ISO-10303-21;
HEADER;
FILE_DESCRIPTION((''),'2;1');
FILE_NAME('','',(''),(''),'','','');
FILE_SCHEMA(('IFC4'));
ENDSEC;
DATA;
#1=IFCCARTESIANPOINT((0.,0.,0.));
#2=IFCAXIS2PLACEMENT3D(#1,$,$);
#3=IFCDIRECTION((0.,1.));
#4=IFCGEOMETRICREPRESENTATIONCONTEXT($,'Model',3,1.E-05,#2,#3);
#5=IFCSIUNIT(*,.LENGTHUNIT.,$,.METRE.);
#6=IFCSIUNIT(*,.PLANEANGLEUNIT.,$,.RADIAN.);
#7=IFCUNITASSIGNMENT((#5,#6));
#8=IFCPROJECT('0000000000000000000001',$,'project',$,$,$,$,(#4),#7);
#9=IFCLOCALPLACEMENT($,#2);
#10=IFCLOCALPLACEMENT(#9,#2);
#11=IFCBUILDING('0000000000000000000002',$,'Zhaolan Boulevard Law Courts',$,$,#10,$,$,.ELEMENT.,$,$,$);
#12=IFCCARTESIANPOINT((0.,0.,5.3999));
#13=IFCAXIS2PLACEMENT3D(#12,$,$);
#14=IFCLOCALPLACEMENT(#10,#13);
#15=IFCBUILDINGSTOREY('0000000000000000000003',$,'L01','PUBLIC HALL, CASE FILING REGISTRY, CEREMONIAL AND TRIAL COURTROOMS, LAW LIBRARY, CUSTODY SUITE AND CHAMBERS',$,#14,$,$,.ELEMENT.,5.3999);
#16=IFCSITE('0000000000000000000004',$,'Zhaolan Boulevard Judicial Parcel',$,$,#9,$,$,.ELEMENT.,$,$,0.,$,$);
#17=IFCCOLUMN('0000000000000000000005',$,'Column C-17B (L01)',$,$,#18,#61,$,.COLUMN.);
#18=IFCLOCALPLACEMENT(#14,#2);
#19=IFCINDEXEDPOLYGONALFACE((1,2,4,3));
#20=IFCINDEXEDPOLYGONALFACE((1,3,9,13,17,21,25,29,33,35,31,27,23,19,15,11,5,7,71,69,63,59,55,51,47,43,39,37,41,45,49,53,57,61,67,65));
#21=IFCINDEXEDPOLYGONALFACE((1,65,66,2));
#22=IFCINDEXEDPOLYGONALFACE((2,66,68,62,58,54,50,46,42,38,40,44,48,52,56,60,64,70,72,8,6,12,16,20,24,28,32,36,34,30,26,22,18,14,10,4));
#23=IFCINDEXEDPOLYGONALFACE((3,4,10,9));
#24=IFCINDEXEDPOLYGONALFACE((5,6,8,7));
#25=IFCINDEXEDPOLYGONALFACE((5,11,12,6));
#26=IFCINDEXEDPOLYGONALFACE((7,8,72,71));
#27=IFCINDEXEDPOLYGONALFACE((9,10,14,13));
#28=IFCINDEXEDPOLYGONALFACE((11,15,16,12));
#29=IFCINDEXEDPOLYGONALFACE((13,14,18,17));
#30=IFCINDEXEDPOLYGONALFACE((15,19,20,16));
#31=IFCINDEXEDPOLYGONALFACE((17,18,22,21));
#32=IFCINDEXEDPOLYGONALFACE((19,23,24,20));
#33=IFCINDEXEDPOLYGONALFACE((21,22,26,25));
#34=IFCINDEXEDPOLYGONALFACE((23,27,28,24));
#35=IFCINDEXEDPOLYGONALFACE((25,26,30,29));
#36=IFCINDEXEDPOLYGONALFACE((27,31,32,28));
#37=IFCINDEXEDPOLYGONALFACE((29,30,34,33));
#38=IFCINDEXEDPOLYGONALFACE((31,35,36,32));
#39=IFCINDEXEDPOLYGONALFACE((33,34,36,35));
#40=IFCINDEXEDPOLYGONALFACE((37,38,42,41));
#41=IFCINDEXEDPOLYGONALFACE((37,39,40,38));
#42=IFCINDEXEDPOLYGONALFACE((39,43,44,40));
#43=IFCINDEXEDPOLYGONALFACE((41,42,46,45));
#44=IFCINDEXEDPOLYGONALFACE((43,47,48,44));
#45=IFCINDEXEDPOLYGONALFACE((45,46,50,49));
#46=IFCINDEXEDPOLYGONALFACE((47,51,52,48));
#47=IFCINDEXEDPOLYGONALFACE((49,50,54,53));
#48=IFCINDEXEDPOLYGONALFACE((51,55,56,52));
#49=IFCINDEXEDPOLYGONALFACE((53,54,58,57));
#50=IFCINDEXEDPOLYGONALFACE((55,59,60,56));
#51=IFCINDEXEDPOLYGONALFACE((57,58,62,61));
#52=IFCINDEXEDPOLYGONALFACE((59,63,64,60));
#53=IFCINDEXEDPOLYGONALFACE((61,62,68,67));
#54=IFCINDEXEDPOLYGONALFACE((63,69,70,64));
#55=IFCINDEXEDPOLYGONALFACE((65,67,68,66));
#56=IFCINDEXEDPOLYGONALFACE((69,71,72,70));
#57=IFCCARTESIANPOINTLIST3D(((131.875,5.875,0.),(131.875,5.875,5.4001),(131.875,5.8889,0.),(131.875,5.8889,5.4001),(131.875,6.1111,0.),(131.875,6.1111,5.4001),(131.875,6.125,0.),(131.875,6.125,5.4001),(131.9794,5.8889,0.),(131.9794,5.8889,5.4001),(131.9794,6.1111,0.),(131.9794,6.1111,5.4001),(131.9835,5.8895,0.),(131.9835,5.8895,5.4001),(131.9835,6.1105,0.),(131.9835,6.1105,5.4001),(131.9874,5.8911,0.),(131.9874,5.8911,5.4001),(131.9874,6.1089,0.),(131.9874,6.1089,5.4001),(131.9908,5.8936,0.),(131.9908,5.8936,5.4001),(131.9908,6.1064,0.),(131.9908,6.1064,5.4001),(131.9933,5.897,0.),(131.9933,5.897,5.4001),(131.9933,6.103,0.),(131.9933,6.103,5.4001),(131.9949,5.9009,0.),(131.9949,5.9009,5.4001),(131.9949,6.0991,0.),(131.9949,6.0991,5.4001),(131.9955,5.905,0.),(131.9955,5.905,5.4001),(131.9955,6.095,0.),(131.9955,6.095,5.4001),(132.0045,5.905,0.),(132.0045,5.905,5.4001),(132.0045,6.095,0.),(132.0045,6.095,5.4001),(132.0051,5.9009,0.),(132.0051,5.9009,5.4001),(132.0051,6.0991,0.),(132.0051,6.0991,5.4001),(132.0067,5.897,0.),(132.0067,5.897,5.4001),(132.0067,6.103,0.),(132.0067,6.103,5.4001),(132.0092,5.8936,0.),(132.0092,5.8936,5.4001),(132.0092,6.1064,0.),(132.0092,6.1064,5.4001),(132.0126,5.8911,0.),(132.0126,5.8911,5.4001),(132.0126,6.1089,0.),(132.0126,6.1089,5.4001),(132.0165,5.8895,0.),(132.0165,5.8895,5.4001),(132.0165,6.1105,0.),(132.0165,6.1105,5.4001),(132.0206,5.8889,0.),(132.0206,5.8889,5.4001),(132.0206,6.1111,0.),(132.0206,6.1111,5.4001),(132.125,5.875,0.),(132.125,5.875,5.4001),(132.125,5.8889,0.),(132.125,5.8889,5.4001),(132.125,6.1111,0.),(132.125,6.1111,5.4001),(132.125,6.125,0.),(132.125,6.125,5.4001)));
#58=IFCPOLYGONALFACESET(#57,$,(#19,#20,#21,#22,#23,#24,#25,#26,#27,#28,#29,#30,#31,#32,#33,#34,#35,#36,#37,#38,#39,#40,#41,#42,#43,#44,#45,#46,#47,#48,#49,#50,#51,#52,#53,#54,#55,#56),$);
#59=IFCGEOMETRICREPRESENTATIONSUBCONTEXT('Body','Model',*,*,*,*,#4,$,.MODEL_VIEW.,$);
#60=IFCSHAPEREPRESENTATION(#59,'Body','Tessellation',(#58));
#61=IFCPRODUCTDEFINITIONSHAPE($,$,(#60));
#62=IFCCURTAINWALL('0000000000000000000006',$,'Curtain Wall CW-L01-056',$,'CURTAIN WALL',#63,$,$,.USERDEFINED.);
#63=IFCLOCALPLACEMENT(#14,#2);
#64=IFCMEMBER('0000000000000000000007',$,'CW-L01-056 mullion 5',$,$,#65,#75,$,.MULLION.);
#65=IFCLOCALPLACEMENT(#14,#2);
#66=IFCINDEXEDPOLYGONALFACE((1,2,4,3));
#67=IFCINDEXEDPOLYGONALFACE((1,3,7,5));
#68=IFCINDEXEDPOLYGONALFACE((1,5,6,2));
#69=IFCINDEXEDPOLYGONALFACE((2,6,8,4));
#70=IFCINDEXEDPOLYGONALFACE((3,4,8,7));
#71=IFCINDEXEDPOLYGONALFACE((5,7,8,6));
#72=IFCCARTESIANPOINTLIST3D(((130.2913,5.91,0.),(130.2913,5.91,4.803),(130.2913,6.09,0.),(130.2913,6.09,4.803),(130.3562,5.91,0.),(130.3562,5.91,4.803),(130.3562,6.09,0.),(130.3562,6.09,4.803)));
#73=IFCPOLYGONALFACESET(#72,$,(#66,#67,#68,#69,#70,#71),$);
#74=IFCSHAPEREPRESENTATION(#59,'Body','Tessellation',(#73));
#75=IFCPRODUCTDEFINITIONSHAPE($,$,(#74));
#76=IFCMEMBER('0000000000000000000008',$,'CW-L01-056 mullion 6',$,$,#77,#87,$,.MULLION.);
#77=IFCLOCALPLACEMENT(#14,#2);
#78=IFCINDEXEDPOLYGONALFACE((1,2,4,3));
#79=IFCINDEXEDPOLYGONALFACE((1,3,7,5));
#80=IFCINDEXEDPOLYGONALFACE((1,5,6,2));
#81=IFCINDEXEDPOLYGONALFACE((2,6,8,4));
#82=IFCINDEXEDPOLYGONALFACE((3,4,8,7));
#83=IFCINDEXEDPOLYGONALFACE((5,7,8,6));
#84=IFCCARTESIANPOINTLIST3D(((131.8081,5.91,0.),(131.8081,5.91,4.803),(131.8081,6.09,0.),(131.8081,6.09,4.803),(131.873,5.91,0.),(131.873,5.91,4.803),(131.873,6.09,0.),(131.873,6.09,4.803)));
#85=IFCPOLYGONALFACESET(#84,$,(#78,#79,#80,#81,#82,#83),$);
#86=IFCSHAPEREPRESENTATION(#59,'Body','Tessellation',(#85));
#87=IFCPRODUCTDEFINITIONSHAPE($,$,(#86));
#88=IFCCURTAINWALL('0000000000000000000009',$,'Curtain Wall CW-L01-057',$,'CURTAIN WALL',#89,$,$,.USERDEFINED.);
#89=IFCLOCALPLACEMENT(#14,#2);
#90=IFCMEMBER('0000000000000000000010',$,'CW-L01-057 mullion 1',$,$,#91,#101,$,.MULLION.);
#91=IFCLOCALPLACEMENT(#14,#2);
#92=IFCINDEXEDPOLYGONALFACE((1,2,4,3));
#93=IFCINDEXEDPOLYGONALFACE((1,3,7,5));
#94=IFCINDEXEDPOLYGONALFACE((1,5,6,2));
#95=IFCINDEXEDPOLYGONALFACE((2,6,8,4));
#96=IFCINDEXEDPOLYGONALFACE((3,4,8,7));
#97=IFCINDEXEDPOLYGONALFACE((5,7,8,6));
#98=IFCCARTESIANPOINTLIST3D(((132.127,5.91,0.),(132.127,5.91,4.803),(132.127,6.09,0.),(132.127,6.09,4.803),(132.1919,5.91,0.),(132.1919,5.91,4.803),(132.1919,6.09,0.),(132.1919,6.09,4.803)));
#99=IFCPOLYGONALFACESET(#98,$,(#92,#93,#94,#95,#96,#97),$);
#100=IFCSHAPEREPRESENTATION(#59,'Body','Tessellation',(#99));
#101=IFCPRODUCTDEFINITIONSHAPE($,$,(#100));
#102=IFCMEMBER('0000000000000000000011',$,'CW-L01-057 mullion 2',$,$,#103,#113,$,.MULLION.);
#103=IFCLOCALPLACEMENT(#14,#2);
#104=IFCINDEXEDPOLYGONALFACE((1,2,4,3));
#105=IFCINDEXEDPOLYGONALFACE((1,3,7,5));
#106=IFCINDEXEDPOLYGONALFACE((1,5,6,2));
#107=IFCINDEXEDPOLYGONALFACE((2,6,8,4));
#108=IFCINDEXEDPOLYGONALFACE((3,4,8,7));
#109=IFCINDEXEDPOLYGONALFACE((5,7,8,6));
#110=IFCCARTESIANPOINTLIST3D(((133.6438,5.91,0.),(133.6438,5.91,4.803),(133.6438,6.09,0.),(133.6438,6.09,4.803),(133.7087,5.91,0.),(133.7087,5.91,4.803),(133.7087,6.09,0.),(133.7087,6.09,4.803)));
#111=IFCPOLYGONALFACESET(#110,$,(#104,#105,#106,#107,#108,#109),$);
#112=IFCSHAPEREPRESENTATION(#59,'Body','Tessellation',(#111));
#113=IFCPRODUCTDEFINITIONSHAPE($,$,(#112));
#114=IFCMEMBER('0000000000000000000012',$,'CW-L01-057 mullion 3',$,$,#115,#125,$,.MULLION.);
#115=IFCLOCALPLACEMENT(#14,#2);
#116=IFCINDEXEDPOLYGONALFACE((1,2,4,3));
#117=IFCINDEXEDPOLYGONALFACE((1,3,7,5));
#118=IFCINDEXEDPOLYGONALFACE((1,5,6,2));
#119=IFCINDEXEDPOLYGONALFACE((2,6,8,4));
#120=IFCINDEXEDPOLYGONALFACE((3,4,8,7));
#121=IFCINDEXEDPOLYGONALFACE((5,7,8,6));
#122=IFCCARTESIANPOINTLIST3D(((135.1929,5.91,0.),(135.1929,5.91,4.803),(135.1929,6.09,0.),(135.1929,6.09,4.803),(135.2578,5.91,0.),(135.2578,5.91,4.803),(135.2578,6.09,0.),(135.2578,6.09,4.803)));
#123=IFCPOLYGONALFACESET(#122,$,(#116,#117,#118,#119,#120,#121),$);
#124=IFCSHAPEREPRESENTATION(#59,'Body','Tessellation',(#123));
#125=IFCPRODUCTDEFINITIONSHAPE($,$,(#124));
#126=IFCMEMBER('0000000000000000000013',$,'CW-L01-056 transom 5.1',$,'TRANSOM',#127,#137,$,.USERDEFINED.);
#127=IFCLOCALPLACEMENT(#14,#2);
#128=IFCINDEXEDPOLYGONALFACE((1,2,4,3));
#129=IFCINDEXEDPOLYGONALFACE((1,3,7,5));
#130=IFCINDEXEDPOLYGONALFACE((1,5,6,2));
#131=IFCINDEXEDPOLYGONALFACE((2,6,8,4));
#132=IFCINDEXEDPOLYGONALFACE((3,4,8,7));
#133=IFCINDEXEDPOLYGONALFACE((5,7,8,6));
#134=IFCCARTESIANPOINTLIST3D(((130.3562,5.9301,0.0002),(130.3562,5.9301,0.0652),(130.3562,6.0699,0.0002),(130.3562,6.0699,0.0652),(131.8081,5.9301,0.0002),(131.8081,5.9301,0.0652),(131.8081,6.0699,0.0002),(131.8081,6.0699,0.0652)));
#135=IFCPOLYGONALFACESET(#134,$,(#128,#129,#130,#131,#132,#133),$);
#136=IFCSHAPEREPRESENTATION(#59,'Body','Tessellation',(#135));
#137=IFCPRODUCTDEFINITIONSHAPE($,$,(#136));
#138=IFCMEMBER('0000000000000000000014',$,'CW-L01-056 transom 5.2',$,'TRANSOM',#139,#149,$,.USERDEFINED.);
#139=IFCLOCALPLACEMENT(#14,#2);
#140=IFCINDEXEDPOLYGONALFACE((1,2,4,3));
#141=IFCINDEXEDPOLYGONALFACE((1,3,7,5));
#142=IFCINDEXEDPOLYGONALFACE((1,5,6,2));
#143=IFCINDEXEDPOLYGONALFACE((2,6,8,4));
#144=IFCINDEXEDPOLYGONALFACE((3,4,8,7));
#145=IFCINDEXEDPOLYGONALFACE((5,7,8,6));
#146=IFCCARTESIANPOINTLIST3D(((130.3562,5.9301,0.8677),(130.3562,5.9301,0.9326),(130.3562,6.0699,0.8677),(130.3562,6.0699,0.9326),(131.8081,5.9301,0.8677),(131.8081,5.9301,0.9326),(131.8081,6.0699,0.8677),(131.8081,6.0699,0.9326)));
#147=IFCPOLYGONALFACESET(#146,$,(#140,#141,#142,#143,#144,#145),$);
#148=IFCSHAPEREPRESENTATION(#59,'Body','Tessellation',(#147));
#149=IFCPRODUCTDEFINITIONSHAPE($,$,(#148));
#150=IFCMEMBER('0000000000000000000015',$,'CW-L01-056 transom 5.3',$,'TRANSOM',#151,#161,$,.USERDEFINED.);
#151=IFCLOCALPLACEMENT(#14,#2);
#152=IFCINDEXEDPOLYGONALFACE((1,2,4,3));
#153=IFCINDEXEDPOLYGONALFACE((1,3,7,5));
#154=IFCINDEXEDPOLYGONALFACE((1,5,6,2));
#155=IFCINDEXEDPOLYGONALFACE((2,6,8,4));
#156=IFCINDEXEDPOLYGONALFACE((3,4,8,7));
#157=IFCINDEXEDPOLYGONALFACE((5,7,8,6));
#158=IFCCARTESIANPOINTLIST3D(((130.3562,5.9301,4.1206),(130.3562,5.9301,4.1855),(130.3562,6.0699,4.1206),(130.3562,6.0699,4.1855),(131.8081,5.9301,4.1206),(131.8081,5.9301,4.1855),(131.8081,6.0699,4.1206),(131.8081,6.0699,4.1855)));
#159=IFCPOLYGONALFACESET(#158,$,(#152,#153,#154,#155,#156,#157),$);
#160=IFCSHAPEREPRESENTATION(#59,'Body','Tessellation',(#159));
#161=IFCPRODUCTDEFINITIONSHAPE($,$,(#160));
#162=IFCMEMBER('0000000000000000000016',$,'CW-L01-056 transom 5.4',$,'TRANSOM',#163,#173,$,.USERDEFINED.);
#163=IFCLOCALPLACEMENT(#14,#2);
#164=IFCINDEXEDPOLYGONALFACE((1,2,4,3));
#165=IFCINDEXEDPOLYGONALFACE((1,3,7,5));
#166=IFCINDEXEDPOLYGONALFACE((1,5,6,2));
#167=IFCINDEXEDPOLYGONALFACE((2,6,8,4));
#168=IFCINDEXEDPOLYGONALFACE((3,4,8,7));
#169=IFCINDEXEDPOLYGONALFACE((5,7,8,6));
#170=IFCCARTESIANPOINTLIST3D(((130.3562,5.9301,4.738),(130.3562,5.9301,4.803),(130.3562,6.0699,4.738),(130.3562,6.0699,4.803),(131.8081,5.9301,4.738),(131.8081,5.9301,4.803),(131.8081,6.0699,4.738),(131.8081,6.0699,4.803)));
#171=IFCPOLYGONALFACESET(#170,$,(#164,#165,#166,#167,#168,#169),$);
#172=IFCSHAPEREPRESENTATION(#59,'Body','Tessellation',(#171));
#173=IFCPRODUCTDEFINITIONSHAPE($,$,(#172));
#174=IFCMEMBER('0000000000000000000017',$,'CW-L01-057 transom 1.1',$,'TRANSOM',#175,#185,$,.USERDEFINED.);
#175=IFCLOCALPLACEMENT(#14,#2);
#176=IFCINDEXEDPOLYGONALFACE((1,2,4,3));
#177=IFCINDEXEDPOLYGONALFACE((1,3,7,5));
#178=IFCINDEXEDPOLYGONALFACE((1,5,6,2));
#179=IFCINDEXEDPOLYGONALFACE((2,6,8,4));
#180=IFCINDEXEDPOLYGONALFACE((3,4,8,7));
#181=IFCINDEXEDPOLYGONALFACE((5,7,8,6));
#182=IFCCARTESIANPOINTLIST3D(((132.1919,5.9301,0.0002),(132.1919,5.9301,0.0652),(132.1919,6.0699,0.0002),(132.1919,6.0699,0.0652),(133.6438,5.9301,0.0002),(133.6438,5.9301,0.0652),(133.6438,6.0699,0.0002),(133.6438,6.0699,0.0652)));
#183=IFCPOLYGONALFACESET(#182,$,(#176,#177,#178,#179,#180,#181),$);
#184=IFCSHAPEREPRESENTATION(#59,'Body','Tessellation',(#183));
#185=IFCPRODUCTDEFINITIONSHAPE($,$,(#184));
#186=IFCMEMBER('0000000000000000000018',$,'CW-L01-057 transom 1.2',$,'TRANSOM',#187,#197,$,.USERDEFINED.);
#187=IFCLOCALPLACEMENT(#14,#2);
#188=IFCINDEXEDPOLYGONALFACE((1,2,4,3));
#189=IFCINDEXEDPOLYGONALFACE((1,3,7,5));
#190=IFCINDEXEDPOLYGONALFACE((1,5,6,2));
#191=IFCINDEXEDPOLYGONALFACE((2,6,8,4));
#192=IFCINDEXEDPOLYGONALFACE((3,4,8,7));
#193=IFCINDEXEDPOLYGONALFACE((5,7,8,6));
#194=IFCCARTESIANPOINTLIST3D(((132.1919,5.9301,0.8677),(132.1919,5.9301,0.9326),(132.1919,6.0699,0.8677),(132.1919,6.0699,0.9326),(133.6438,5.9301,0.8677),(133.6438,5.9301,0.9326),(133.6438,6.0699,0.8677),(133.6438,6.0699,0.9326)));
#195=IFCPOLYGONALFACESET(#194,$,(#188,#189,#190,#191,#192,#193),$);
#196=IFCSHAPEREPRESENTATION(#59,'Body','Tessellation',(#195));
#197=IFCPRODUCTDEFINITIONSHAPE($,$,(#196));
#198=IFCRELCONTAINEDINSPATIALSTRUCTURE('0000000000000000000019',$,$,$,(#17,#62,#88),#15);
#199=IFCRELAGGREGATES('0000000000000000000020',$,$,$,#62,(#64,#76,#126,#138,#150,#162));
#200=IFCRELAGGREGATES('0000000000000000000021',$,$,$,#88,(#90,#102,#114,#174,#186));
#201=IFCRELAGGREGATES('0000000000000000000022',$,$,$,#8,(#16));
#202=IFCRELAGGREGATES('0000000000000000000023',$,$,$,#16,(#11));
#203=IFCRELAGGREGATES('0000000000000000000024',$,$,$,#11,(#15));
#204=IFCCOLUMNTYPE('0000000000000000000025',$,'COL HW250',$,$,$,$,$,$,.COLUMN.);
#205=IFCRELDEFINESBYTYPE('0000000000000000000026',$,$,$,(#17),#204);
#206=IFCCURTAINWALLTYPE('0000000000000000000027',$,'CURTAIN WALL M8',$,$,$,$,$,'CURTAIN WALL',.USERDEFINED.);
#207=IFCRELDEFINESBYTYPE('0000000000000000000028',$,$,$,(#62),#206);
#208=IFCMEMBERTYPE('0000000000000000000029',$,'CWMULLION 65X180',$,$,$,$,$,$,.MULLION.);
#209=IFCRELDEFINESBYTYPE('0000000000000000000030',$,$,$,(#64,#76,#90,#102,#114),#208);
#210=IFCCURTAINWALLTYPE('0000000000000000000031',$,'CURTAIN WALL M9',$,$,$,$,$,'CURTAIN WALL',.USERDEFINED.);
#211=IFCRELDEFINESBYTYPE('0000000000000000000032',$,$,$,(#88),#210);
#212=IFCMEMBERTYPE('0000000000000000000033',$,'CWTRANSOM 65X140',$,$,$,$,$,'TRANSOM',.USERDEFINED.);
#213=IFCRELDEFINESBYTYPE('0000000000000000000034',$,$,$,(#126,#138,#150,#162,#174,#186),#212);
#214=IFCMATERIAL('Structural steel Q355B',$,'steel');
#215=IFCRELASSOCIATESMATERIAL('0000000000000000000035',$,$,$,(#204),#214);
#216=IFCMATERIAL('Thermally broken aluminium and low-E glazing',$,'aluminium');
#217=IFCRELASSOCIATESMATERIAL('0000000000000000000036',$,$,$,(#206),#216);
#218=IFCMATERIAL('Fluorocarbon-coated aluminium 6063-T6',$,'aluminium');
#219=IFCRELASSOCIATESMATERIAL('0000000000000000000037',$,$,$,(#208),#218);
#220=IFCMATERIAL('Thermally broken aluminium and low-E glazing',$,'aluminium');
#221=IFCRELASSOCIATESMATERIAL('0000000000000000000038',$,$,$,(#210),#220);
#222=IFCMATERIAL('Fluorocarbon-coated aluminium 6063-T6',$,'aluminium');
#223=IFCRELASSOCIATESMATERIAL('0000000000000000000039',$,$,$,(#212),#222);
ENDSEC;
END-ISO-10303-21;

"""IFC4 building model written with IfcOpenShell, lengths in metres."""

from ifc_helpers import new_model, si_unit, direction, frame, origin, origin_2d, place, context, subcontext, project, spatial, rectangle, i_section, extrude, material, material_profile, profile_set, type_object, element, aggregate, save


model = new_model("IFC4")

# Units and contexts
model_context = context("Model", 3, precision=1e-05, world=origin(), true_north=direction((0.0, 1.0)))
body_context = subcontext(model_context, "Body", "Model", "MODEL_VIEW")
ifc_project = project(units=[si_unit("LENGTHUNIT", "METRE"), si_unit("PLANEANGLEUNIT", "RADIAN")], contexts=[model_context])

# Site, building, storey
site_placement = place(None, origin())
site = spatial("IfcSite", under=ifc_project, at=site_placement, Name="Zhaolan Boulevard Judicial Parcel", CompositionType="ELEMENT", RefElevation=0.0)
building_placement = place(site_placement, origin())
building = spatial("IfcBuilding", under=site, at=building_placement, Name="Zhaolan Boulevard Law Courts", CompositionType="ELEMENT")
storey_placement = place(building_placement, frame((0.0, 0.0, 5.3999)))
storey = spatial("IfcBuildingStorey", under=building, at=storey_placement, Name="L01", Description="PUBLIC HALL, CASE FILING REGISTRY, CEREMONIAL AND TRIAL COURTROOMS, LAW LIBRARY, CUSTODY SUITE AND CHAMBERS", CompositionType="ELEMENT", Elevation=5.3999)

# Column
ifc_material_1 = material(Name="Structural steel Q355B", Category="steel")
ifc_material_profile_1 = material_profile(ifc_material_1, i_section(OverallWidth=0.25, OverallDepth=0.25, WebThickness=0.009, FlangeThickness=0.0139, FilletRadius=0.0161, at=origin_2d()), Name="HW250x250")
ifc_profile_set_1 = profile_set([ifc_material_profile_1], Name="Structural steel Q355B")
column_type = type_object("IfcColumnType", Name="COL HW250", PredefinedType="COLUMN", material=ifc_profile_set_1)
column_placement = place(storey_placement, frame((132.0, 6.0, 0.0), z_axis=(0.0, 0.0, 1.0), x_axis=(1.0, 0.0, 0.0)))
element("IfcColumn", 1, at=column_placement, inside=storey, type_object=column_type, Name="Column C-17B (L01)", PredefinedType="COLUMN", context=body_context, shape_type="SweptSolid", body=[
    extrude(i_section(OverallWidth=0.25, OverallDepth=0.25, WebThickness=0.009, FlangeThickness=0.0139, FilletRadius=0.0161, at=origin_2d()), origin(), (0.0, 0.0, 1.0), 5.4001),
])

# Curtain walls, members
ifc_material_2 = material(Name="Thermally broken aluminium and low-E glazing", Category="aluminium")
curtain_wall_type_1 = type_object("IfcCurtainWallType", Name="CURTAIN WALL M8", ElementType="CURTAIN WALL", PredefinedType="USERDEFINED", material=ifc_material_2)
curtain_wall_1_placement = place(storey_placement, origin())
curtain_wall_1 = element("IfcCurtainWall", 2, at=curtain_wall_1_placement, inside=storey, type_object=curtain_wall_type_1, Name="Curtain Wall CW-L01-056", ObjectType="CURTAIN WALL", PredefinedType="USERDEFINED")
ifc_material_3 = material(Name="Fluorocarbon-coated aluminium 6063-T6", Category="aluminium")
ifc_material_profile_2 = material_profile(ifc_material_3, rectangle(XDim=0.1799, YDim=0.0649, at=origin_2d()), Name="AL65x180")
ifc_profile_set_2 = profile_set([ifc_material_profile_2], Name="Fluorocarbon-coated aluminium 6063-T6")
member_type_1 = type_object("IfcMemberType", Name="CWMULLION 65X180", PredefinedType="MULLION", material=ifc_profile_set_2)
member_1_placement = place(storey_placement, frame((130.3237, 6.0, 0.0), z_axis=(0.0, 0.0, 1.0), x_axis=(0.0, 1.0, 0.0)))
member_1 = element("IfcMember", 3, at=member_1_placement, type_object=member_type_1, Name="CW-L01-056 mullion 5", PredefinedType="MULLION", context=body_context, shape_type="SweptSolid", body=[
    extrude(rectangle(XDim=0.1799, YDim=0.0649, at=origin_2d()), origin(), (0.0, 0.0, 1.0), 4.803),
])
member_2_placement = place(storey_placement, frame((131.8406, 6.0, 0.0), z_axis=(0.0, 0.0, 1.0), x_axis=(0.0, 1.0, 0.0)))
member_2 = element("IfcMember", 4, at=member_2_placement, type_object=member_type_1, Name="CW-L01-056 mullion 6", PredefinedType="MULLION", context=body_context, shape_type="SweptSolid", body=[
    extrude(rectangle(XDim=0.1799, YDim=0.0649, at=origin_2d()), origin(), (0.0, 0.0, 1.0), 4.803),
])
ifc_material_4 = material(Name="Thermally broken aluminium and low-E glazing", Category="aluminium")
curtain_wall_type_2 = type_object("IfcCurtainWallType", Name="CURTAIN WALL M9", ElementType="CURTAIN WALL", PredefinedType="USERDEFINED", material=ifc_material_4)
curtain_wall_2_placement = place(storey_placement, origin())
curtain_wall_2 = element("IfcCurtainWall", 5, at=curtain_wall_2_placement, inside=storey, type_object=curtain_wall_type_2, Name="Curtain Wall CW-L01-057", ObjectType="CURTAIN WALL", PredefinedType="USERDEFINED")
member_3_placement = place(storey_placement, frame((132.1594, 6.0, 0.0), z_axis=(0.0, 0.0, 1.0), x_axis=(0.0, 1.0, 0.0)))
member_3 = element("IfcMember", 6, at=member_3_placement, type_object=member_type_1, Name="CW-L01-057 mullion 1", PredefinedType="MULLION", context=body_context, shape_type="SweptSolid", body=[
    extrude(rectangle(XDim=0.1799, YDim=0.0649, at=origin_2d()), origin(), (0.0, 0.0, 1.0), 4.803),
])
member_4_placement = place(storey_placement, frame((133.6763, 6.0, 0.0), z_axis=(0.0, 0.0, 1.0), x_axis=(0.0, 1.0, 0.0)))
member_4 = element("IfcMember", 7, at=member_4_placement, type_object=member_type_1, Name="CW-L01-057 mullion 2", PredefinedType="MULLION", context=body_context, shape_type="SweptSolid", body=[
    extrude(rectangle(XDim=0.1799, YDim=0.0649, at=origin_2d()), origin(), (0.0, 0.0, 1.0), 4.803),
])
member_5_placement = place(storey_placement, frame((135.2253, 6.0, 0.0), z_axis=(0.0, 0.0, 1.0), x_axis=(0.0, 1.0, 0.0)))
member_5 = element("IfcMember", 8, at=member_5_placement, type_object=member_type_1, Name="CW-L01-057 mullion 3", PredefinedType="MULLION", context=body_context, shape_type="SweptSolid", body=[
    extrude(rectangle(XDim=0.1799, YDim=0.0649, at=origin_2d()), origin(), (0.0, 0.0, 1.0), 4.803),
])

# Members
ifc_material_5 = material(Name="Fluorocarbon-coated aluminium 6063-T6", Category="aluminium")
ifc_material_profile_3 = material_profile(ifc_material_5, rectangle(XDim=0.1399, YDim=0.0649, at=origin_2d()), Name="AL65x140")
ifc_profile_set_3 = profile_set([ifc_material_profile_3], Name="Fluorocarbon-coated aluminium 6063-T6")
member_type_2 = type_object("IfcMemberType", Name="CWTRANSOM 65X140", ElementType="TRANSOM", PredefinedType="USERDEFINED", material=ifc_profile_set_3)
member_6_placement = place(storey_placement, frame((130.3562, 6.0, 0.0327), z_axis=(1.0, 0.0, 0.0), x_axis=(0.0, 1.0, 0.0)))
member_6 = element("IfcMember", 9, at=member_6_placement, type_object=member_type_2, Name="CW-L01-056 transom 5.1", ObjectType="TRANSOM", PredefinedType="USERDEFINED", context=body_context, shape_type="SweptSolid", body=[
    extrude(rectangle(XDim=0.1399, YDim=0.0649, at=origin_2d()), origin(), (0.0, 0.0, 1.0), 1.4519),
])
member_7_placement = place(storey_placement, frame((130.3562, 6.0, 0.9001), z_axis=(1.0, 0.0, 0.0), x_axis=(0.0, 1.0, 0.0)))
member_7 = element("IfcMember", 10, at=member_7_placement, type_object=member_type_2, Name="CW-L01-056 transom 5.2", ObjectType="TRANSOM", PredefinedType="USERDEFINED", context=body_context, shape_type="SweptSolid", body=[
    extrude(rectangle(XDim=0.1399, YDim=0.0649, at=origin_2d()), origin(), (0.0, 0.0, 1.0), 1.4519),
])
member_8_placement = place(storey_placement, frame((130.3562, 6.0, 4.1531), z_axis=(1.0, 0.0, 0.0), x_axis=(0.0, 1.0, 0.0)))
member_8 = element("IfcMember", 11, at=member_8_placement, type_object=member_type_2, Name="CW-L01-056 transom 5.3", ObjectType="TRANSOM", PredefinedType="USERDEFINED", context=body_context, shape_type="SweptSolid", body=[
    extrude(rectangle(XDim=0.1399, YDim=0.0649, at=origin_2d()), origin(), (0.0, 0.0, 1.0), 1.4519),
])
member_9_placement = place(storey_placement, frame((130.3562, 6.0, 4.7705), z_axis=(1.0, 0.0, 0.0), x_axis=(0.0, 1.0, 0.0)))
member_9 = element("IfcMember", 12, at=member_9_placement, type_object=member_type_2, Name="CW-L01-056 transom 5.4", ObjectType="TRANSOM", PredefinedType="USERDEFINED", context=body_context, shape_type="SweptSolid", body=[
    extrude(rectangle(XDim=0.1399, YDim=0.0649, at=origin_2d()), origin(), (0.0, 0.0, 1.0), 1.4519),
])
member_10_placement = place(storey_placement, frame((132.1919, 6.0, 0.0327), z_axis=(1.0, 0.0, 0.0), x_axis=(0.0, 1.0, 0.0)))
member_10 = element("IfcMember", 13, at=member_10_placement, type_object=member_type_2, Name="CW-L01-057 transom 1.1", ObjectType="TRANSOM", PredefinedType="USERDEFINED", context=body_context, shape_type="SweptSolid", body=[
    extrude(rectangle(XDim=0.1399, YDim=0.0649, at=origin_2d()), origin(), (0.0, 0.0, 1.0), 1.4519),
])
member_11_placement = place(storey_placement, frame((132.1919, 6.0, 0.9001), z_axis=(1.0, 0.0, 0.0), x_axis=(0.0, 1.0, 0.0)))
member_11 = element("IfcMember", 14, at=member_11_placement, type_object=member_type_2, Name="CW-L01-057 transom 1.2", ObjectType="TRANSOM", PredefinedType="USERDEFINED", context=body_context, shape_type="SweptSolid", body=[
    extrude(rectangle(XDim=0.1399, YDim=0.0649, at=origin_2d()), origin(), (0.0, 0.0, 1.0), 1.4519),
])

aggregate(curtain_wall_1, [member_1, member_2, member_6, member_7, member_8, member_9])
aggregate(curtain_wall_2, [member_3, member_4, member_5, member_10, member_11])

save(model, "model.ifc")
